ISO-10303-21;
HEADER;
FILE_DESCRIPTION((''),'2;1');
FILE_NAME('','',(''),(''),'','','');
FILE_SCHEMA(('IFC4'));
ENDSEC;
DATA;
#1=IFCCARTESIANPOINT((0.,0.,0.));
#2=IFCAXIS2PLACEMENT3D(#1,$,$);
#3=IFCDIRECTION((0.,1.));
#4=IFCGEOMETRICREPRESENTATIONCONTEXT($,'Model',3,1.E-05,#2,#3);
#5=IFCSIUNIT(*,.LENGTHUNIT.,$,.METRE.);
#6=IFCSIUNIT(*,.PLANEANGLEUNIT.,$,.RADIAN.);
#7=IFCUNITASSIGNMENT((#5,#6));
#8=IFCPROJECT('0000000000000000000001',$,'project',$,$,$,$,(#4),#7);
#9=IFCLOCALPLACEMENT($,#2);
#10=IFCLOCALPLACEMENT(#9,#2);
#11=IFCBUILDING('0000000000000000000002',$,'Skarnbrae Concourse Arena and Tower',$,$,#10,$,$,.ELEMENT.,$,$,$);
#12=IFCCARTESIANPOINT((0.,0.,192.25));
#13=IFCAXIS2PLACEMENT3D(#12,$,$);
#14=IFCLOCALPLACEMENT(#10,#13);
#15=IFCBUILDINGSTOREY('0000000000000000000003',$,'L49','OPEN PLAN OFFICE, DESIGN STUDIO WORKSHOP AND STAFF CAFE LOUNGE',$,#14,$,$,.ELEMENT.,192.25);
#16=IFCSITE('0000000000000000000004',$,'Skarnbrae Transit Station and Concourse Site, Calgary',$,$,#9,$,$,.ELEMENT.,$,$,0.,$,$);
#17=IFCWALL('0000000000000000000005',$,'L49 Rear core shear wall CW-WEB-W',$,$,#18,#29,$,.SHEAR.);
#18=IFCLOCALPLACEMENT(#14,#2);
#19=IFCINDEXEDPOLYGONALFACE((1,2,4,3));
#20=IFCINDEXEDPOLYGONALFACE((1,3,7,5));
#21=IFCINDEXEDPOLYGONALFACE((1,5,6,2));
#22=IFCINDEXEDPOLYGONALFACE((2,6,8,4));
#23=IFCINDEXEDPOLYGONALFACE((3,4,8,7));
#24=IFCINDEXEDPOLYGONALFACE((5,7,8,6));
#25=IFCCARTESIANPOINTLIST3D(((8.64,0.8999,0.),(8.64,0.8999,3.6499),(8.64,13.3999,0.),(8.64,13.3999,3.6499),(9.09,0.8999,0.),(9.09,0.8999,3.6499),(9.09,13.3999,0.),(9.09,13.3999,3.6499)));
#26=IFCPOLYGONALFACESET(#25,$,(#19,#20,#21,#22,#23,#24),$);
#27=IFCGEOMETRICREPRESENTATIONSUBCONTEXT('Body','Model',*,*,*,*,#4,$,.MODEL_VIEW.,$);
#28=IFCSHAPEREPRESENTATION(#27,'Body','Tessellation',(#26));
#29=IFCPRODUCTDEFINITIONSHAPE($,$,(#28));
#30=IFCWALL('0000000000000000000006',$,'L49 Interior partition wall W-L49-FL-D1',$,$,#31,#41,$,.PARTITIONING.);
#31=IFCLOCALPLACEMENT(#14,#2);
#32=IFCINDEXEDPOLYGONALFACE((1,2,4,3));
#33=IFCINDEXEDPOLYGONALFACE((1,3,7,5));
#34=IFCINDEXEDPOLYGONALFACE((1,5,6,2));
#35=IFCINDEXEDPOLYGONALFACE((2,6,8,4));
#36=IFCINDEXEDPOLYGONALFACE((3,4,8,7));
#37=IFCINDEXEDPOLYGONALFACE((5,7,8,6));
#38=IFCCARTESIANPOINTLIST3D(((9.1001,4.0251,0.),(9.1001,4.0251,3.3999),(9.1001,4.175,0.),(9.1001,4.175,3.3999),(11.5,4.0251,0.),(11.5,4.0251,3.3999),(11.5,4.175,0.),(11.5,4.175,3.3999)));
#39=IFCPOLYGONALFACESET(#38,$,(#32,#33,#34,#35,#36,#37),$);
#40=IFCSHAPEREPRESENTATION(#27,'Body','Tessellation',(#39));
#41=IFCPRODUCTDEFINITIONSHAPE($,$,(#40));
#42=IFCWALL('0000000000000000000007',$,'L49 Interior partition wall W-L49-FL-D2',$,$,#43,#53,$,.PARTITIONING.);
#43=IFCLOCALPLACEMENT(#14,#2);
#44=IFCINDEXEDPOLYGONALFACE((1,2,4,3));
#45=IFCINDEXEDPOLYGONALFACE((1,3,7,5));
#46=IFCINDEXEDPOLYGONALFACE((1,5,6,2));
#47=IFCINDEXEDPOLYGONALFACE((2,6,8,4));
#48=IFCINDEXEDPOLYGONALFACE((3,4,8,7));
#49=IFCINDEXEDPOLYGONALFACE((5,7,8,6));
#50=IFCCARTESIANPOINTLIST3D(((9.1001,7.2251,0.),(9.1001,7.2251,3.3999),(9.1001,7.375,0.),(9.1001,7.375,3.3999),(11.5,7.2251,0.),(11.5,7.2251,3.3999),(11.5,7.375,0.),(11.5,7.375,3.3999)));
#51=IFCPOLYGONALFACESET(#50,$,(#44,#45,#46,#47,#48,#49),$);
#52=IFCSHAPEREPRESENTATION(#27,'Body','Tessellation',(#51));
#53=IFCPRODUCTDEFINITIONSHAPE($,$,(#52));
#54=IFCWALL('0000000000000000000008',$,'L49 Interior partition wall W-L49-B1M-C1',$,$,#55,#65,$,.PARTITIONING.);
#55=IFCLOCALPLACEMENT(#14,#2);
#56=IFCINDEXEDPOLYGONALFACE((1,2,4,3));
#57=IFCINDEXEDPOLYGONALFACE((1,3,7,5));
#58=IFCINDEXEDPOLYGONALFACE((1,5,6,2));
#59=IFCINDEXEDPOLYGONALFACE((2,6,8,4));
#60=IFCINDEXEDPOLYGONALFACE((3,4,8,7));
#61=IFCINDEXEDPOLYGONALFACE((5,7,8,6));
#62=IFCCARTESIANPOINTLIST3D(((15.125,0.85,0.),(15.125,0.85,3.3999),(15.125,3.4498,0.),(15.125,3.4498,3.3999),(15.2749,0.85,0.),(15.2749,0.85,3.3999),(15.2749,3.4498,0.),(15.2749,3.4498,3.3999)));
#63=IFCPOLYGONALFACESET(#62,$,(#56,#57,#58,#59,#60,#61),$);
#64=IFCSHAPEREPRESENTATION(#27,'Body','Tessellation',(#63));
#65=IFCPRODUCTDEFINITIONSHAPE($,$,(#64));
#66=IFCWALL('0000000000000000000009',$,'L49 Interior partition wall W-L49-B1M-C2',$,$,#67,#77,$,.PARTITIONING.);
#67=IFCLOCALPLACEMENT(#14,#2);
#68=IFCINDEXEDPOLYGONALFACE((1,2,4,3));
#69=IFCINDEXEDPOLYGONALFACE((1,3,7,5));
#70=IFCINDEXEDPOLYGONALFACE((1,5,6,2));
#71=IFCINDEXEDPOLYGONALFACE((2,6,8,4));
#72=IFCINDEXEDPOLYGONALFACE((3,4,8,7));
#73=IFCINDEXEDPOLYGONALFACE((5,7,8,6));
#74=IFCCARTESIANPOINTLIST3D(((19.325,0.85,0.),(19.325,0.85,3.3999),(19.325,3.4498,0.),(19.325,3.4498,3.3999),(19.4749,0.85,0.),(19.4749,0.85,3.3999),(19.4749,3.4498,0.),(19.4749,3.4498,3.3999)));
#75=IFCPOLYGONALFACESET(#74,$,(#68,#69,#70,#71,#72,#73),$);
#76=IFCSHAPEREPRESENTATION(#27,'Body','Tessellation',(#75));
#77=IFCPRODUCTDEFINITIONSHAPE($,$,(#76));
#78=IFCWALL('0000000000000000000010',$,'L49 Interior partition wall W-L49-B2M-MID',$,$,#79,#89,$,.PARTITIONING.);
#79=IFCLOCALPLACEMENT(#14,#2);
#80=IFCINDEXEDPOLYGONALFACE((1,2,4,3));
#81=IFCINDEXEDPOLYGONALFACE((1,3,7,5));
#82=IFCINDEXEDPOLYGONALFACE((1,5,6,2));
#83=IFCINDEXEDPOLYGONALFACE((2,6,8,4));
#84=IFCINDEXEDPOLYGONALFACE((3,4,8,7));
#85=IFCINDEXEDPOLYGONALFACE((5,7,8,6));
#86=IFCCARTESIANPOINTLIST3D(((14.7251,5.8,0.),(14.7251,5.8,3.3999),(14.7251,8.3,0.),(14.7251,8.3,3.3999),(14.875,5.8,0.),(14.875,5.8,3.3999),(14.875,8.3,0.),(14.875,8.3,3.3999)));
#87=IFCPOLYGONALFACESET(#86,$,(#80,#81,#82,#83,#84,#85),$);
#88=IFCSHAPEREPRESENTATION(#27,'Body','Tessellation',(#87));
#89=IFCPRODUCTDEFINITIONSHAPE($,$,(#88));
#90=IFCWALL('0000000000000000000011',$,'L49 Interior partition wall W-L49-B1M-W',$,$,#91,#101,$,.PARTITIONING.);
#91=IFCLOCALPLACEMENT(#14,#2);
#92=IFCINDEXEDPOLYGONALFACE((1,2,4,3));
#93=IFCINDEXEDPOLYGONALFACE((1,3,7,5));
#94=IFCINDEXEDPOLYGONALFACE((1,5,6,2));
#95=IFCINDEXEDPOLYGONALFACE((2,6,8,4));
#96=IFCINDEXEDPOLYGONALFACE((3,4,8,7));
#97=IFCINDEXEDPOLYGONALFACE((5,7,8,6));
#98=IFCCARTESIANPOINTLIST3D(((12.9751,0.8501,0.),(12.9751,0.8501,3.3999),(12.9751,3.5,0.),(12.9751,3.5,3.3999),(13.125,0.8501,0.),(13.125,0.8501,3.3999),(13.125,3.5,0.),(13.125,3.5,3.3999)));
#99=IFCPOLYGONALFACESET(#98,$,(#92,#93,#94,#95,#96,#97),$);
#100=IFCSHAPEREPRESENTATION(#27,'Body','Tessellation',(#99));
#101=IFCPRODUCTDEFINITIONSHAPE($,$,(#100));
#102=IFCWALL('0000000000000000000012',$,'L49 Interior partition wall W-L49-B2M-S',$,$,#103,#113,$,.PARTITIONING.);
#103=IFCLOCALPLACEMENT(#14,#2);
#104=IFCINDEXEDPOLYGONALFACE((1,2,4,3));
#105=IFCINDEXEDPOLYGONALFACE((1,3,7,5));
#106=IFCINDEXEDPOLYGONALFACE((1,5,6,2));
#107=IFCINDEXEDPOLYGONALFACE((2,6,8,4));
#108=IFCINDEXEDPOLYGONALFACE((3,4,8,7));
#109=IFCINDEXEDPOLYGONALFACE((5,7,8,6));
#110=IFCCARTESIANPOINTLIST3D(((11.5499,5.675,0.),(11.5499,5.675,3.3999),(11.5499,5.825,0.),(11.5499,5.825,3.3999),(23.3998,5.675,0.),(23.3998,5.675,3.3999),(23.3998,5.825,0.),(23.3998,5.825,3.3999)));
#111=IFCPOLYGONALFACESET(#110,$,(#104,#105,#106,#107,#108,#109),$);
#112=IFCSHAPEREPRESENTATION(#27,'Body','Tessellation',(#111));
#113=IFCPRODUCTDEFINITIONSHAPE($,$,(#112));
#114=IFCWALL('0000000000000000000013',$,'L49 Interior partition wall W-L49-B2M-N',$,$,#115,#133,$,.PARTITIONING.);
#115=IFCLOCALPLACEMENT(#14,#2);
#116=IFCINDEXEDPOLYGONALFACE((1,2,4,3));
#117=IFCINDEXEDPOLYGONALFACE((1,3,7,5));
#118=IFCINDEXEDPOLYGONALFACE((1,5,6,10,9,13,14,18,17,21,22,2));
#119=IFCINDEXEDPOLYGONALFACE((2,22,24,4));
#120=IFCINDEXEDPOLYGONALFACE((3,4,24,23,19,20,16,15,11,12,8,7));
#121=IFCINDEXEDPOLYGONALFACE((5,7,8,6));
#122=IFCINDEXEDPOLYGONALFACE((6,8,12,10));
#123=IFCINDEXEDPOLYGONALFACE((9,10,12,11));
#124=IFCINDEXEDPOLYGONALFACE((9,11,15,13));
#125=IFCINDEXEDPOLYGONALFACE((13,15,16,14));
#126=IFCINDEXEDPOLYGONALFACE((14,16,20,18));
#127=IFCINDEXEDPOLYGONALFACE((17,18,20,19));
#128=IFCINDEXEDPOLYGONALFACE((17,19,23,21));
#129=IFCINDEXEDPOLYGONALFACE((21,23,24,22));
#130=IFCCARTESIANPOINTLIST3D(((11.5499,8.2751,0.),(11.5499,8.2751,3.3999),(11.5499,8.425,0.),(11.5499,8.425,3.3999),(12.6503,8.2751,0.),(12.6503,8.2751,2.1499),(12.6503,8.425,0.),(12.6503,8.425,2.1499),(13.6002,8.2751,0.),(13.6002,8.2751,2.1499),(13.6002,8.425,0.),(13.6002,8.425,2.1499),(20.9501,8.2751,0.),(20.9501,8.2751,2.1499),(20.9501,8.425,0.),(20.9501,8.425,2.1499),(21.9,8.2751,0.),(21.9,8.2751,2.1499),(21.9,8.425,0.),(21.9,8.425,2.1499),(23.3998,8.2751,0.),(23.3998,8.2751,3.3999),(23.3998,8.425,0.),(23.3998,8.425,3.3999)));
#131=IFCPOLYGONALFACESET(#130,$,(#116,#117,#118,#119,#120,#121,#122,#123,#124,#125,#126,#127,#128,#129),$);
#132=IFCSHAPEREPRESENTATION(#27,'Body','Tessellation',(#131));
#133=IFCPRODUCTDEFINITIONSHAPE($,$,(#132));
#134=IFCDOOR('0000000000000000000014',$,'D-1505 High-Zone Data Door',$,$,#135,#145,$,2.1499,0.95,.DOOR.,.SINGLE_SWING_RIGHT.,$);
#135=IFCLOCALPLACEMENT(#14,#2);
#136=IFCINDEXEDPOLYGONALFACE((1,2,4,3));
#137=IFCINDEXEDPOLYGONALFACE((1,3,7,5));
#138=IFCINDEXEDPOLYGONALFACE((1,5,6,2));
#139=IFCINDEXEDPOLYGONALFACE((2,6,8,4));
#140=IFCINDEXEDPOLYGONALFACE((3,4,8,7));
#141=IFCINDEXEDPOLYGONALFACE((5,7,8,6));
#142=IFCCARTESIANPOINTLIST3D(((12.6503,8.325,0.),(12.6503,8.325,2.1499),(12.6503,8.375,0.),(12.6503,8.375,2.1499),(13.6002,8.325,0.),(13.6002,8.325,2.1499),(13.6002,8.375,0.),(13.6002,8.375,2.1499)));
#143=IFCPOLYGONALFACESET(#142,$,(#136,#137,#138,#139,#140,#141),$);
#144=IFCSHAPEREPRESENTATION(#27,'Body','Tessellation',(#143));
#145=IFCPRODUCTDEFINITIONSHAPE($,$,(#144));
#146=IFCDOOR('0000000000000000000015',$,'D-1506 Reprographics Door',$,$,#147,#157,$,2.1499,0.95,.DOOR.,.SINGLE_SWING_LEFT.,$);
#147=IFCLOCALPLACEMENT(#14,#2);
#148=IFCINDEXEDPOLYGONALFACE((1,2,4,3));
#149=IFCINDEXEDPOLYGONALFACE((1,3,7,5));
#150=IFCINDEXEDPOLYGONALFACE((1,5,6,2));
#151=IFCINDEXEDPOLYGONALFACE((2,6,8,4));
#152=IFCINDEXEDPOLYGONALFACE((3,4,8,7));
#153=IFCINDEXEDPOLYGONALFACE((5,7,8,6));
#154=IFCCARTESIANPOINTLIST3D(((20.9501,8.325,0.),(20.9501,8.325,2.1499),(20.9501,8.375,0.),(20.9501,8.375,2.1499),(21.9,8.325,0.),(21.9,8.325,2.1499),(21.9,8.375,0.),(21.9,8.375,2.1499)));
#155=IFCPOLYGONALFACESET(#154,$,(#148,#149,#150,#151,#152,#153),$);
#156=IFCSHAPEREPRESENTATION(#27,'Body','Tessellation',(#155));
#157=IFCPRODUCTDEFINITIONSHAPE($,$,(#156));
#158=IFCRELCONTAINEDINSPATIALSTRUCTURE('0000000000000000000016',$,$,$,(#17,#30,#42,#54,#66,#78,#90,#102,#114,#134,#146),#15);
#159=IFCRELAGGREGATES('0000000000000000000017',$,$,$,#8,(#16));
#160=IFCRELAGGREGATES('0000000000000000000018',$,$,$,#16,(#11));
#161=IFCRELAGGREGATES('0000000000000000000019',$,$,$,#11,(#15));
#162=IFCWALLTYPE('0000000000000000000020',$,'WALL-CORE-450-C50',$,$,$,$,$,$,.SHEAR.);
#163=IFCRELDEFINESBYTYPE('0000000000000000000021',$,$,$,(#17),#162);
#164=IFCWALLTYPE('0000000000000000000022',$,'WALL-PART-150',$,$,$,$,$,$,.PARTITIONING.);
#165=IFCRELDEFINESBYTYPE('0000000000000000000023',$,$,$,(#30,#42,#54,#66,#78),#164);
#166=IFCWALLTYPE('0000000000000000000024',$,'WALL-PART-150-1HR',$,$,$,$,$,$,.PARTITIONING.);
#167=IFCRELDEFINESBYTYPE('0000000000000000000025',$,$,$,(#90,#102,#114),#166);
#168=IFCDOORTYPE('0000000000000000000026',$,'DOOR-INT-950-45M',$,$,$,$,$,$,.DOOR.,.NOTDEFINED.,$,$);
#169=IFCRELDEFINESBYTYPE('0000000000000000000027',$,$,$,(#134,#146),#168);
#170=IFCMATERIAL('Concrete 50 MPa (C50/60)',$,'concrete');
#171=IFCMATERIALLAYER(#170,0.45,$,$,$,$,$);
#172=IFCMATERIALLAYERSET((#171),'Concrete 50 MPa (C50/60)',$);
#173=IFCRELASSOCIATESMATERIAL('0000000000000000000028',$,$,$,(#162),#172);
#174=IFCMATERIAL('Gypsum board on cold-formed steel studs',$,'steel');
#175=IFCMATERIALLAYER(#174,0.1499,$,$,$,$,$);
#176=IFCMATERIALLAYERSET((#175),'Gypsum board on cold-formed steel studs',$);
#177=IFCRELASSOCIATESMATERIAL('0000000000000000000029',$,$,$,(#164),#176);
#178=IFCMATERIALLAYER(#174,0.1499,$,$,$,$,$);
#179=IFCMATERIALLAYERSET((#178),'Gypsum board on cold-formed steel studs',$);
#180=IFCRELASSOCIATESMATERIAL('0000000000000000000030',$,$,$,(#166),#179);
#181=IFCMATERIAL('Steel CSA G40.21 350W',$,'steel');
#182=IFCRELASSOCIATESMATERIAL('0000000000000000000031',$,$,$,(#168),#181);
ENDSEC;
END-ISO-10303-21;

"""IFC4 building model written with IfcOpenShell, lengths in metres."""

from ifc_helpers import new_model, si_unit, direction, frame, frame_2d, origin, place, context, subcontext, project, spatial, rectangle, extrude, source, transform, mapped, material, layer, layer_set, type_object, element, fill, save


model = new_model("IFC4")

# Units and contexts
model_context = context("Model", 3, precision=1e-05, world=origin(), true_north=direction((0.0, 1.0)))
body_context = subcontext(model_context, "Body", "Model", "MODEL_VIEW")
ifc_project = project(units=[si_unit("LENGTHUNIT", "METRE"), si_unit("PLANEANGLEUNIT", "RADIAN")], contexts=[model_context])

# Site, building, storey
site_placement = place(None, origin())
site = spatial("IfcSite", under=ifc_project, at=site_placement, Name="Skarnbrae Transit Station and Concourse Site, Calgary", CompositionType="ELEMENT", RefElevation=0.0)
building_placement = place(site_placement, origin())
building = spatial("IfcBuilding", under=site, at=building_placement, Name="Skarnbrae Concourse Arena and Tower", CompositionType="ELEMENT")
storey_placement = place(building_placement, frame((0.0, 0.0, 192.25)))
storey = spatial("IfcBuildingStorey", under=building, at=storey_placement, Name="L49", Description="OPEN PLAN OFFICE, DESIGN STUDIO WORKSHOP AND STAFF CAFE LOUNGE", CompositionType="ELEMENT", Elevation=192.25)

# Wall
ifc_material_1 = material(Name="Concrete 50 MPa (C50/60)", Category="concrete")
ifc_layer_1 = layer(ifc_material_1, 0.45)
ifc_layer_set_1 = layer_set([ifc_layer_1], Name="Concrete 50 MPa (C50/60)")
wall_type_1 = type_object("IfcWallType", Name="WALL-CORE-450-C50", PredefinedType="SHEAR", material=ifc_layer_set_1)
shared_shape_1 = source(origin(), body_context, "Body", "SweptSolid", [
    extrude(rectangle(XDim=12.5, YDim=0.45, at=frame_2d((6.25, 0.0))), origin(), (0.0, 0.0, 1.0), 3.6499),
])
wall_1_placement = place(storey_placement, frame((8.865, 0.8999, 0.0), z_axis=(0.0, 0.0, 1.0), x_axis=(0.0, 1.0, 0.0)))
element("IfcWall", 1, at=wall_1_placement, inside=storey, type_object=wall_type_1, Name="L49 Rear core shear wall CW-WEB-W", PredefinedType="SHEAR", context=body_context, shape_type="MappedRepresentation", body=[
    mapped(shared_shape_1, transform((0.0, 0.0, 0.0))),
])

# Shared definitions
ifc_material_2 = material(Name="Gypsum board on cold-formed steel studs", Category="steel")
ifc_material_3 = material(Name="Steel CSA G40.21 350W", Category="steel")

# Walls
ifc_layer_2 = layer(ifc_material_2, 0.1499)
ifc_layer_set_2 = layer_set([ifc_layer_2], Name="Gypsum board on cold-formed steel studs")
wall_type_2 = type_object("IfcWallType", Name="WALL-PART-150", PredefinedType="PARTITIONING", material=ifc_layer_set_2)
shared_shape_2 = source(origin(), body_context, "Body", "SweptSolid", [
    extrude(rectangle(XDim=2.3999, YDim=0.1499, at=frame_2d((1.2, 0.0))), origin(), (0.0, 0.0, 1.0), 3.3999),
])
for number, where, z_axis, x_axis, name in (
    (2, (9.1001, 4.1001, 0.0), (0.0, 0.0, 1.0), (1.0, 0.0, 0.0), "L49 Interior partition wall W-L49-FL-D1"),
    (3, (9.1001, 7.3, 0.0), (0.0, 0.0, 1.0), (1.0, 0.0, 0.0), "L49 Interior partition wall W-L49-FL-D2"),
):
    element("IfcWall", number, at=place(storey_placement, frame(where, z_axis=z_axis, x_axis=x_axis)), inside=storey, type_object=wall_type_2, Name=name, PredefinedType="PARTITIONING", context=body_context, shape_type="MappedRepresentation", body=[
        mapped(shared_shape_2, transform((0.0, 0.0, 0.0))),
    ])
shared_shape_3 = source(origin(), body_context, "Body", "SweptSolid", [
    extrude(rectangle(XDim=2.5999, YDim=0.1499, at=frame_2d((1.2998, 0.0))), origin(), (0.0, 0.0, 1.0), 3.3999),
])
for number, where, z_axis, x_axis, name in (
    (4, (15.2, 0.8501, 0.0), (0.0, 0.0, 1.0), (0.0, 1.0, 0.0), "L49 Interior partition wall W-L49-B1M-C1"),
    (5, (19.3999, 0.8501, 0.0), (0.0, 0.0, 1.0), (0.0, 1.0, 0.0), "L49 Interior partition wall W-L49-B1M-C2"),
):
    element("IfcWall", number, at=place(storey_placement, frame(where, z_axis=z_axis, x_axis=x_axis)), inside=storey, type_object=wall_type_2, Name=name, PredefinedType="PARTITIONING", context=body_context, shape_type="MappedRepresentation", body=[
        mapped(shared_shape_3, transform((0.0, 0.0, 0.0))),
    ])
shared_shape_4 = source(origin(), body_context, "Body", "SweptSolid", [
    extrude(rectangle(XDim=2.5, YDim=0.1499, at=frame_2d((1.25, 0.0))), origin(), (0.0, 0.0, 1.0), 3.3999),
])
wall_2_placement = place(storey_placement, frame((14.8, 5.8, 0.0), z_axis=(0.0, 0.0, 1.0), x_axis=(0.0, 1.0, 0.0)))
element("IfcWall", 6, at=wall_2_placement, inside=storey, type_object=wall_type_2, Name="L49 Interior partition wall W-L49-B2M-MID", PredefinedType="PARTITIONING", context=body_context, shape_type="MappedRepresentation", body=[
    mapped(shared_shape_4, transform((0.0, 0.0, 0.0))),
])
ifc_layer_3 = layer(ifc_material_2, 0.1499)
ifc_layer_set_3 = layer_set([ifc_layer_3], Name="Gypsum board on cold-formed steel studs")
wall_type_3 = type_object("IfcWallType", Name="WALL-PART-150-1HR", PredefinedType="PARTITIONING", material=ifc_layer_set_3)
shared_shape_5 = source(origin(), body_context, "Body", "SweptSolid", [
    extrude(rectangle(XDim=2.6499, YDim=0.1499, at=frame_2d((1.325, 0.0))), origin(), (0.0, 0.0, 1.0), 3.3999),
])
wall_3_placement = place(storey_placement, frame((13.05, 0.8501, 0.0), z_axis=(0.0, 0.0, 1.0), x_axis=(0.0, 1.0, 0.0)))
element("IfcWall", 7, at=wall_3_placement, inside=storey, type_object=wall_type_3, Name="L49 Interior partition wall W-L49-B1M-W", PredefinedType="PARTITIONING", context=body_context, shape_type="MappedRepresentation", body=[
    mapped(shared_shape_5, transform((0.0, 0.0, 0.0))),
])

# Shared definitions
door_type_1 = type_object("IfcDoorType", Name="DOOR-INT-950-45M", OperationType="NOTDEFINED", PredefinedType="DOOR", material=ifc_material_3)
shared_shape_6 = source(origin(), body_context, "Body", "SweptSolid", [
    extrude(rectangle(XDim=0.95, YDim=2.1499, at=frame_2d((0.4751, 1.075))), frame((0.0, 0.0249, 0.0), z_axis=(0.0, -1.0, 0.0), x_axis=(1.0, 0.0, 0.0)), (0.0, 0.0, 1.0), 0.05),
])

# Wall
shared_shape_7 = source(origin(), body_context, "Body", "SweptSolid", [
    extrude(rectangle(XDim=11.8499, YDim=0.1499, at=frame_2d((5.9248, 0.0))), origin(), (0.0, 0.0, 1.0), 3.3999),
])
wall_4_placement = place(storey_placement, frame((11.55, 5.75, 0.0), z_axis=(0.0, 0.0, 1.0), x_axis=(1.0, 0.0, 0.0)))
element("IfcWall", 8, at=wall_4_placement, inside=storey, type_object=wall_type_3, Name="L49 Interior partition wall W-L49-B2M-S", PredefinedType="PARTITIONING", context=body_context, shape_type="MappedRepresentation", body=[
    mapped(shared_shape_7, transform((0.0, 0.0, 0.0))),
])

# Wall, openings, doors
wall_5_placement = place(storey_placement, frame((11.55, 8.3501, 0.0), z_axis=(0.0, 0.0, 1.0), x_axis=(1.0, 0.0, 0.0)))
wall_5 = element("IfcWall", 9, at=wall_5_placement, inside=storey, type_object=wall_type_3, Name="L49 Interior partition wall W-L49-B2M-N", PredefinedType="PARTITIONING", context=body_context, shape_type="MappedRepresentation", body=[
    mapped(shared_shape_7, transform((0.0, 0.0, 0.0))),
])
opening_1_placement = place(wall_5_placement, frame((1.1001, 0.0, 0.0)))
opening_1 = element("IfcOpeningElement", 10, at=opening_1_placement, cuts=wall_5, PredefinedType="OPENING", context=body_context, shape_type="SweptSolid", body=[
    extrude(rectangle(XDim=0.95, YDim=2.1499, at=frame_2d((0.4751, 1.075))), frame((0.0, 0.085, 0.0), z_axis=(0.0, -1.0, 0.0), x_axis=(1.0, 0.0, 0.0)), (0.0, 0.0, 1.0), 0.1699),
])
opening_2_placement = place(wall_5_placement, frame((9.3999, 0.0, 0.0)))
opening_2 = element("IfcOpeningElement", 11, at=opening_2_placement, cuts=wall_5, PredefinedType="OPENING", context=body_context, shape_type="SweptSolid", body=[
    extrude(rectangle(XDim=0.95, YDim=2.1499, at=frame_2d((0.4751, 1.075))), frame((0.0, 0.085, 0.0), z_axis=(0.0, -1.0, 0.0), x_axis=(1.0, 0.0, 0.0)), (0.0, 0.0, 1.0), 0.1699),
])
door_1_placement = place(opening_1_placement, origin())
door_1 = element("IfcDoor", 12, at=door_1_placement, inside=storey, type_object=door_type_1, Name="D-1505 High-Zone Data Door", OperationType="SINGLE_SWING_RIGHT", OverallHeight=2.1499, OverallWidth=0.95, PredefinedType="DOOR", context=body_context, shape_type="MappedRepresentation", body=[
    mapped(shared_shape_6, transform((0.0, 0.0, 0.0))),
])
fill(opening_1, door_1)
door_2_placement = place(opening_2_placement, origin())
door_2 = element("IfcDoor", 13, at=door_2_placement, inside=storey, type_object=door_type_1, Name="D-1506 Reprographics Door", OperationType="SINGLE_SWING_LEFT", OverallHeight=2.1499, OverallWidth=0.95, PredefinedType="DOOR", context=body_context, shape_type="MappedRepresentation", body=[
    mapped(shared_shape_6, transform((0.0, 0.0, 0.0))),
])
fill(opening_2, door_2)

save(model, "model.ifc")
